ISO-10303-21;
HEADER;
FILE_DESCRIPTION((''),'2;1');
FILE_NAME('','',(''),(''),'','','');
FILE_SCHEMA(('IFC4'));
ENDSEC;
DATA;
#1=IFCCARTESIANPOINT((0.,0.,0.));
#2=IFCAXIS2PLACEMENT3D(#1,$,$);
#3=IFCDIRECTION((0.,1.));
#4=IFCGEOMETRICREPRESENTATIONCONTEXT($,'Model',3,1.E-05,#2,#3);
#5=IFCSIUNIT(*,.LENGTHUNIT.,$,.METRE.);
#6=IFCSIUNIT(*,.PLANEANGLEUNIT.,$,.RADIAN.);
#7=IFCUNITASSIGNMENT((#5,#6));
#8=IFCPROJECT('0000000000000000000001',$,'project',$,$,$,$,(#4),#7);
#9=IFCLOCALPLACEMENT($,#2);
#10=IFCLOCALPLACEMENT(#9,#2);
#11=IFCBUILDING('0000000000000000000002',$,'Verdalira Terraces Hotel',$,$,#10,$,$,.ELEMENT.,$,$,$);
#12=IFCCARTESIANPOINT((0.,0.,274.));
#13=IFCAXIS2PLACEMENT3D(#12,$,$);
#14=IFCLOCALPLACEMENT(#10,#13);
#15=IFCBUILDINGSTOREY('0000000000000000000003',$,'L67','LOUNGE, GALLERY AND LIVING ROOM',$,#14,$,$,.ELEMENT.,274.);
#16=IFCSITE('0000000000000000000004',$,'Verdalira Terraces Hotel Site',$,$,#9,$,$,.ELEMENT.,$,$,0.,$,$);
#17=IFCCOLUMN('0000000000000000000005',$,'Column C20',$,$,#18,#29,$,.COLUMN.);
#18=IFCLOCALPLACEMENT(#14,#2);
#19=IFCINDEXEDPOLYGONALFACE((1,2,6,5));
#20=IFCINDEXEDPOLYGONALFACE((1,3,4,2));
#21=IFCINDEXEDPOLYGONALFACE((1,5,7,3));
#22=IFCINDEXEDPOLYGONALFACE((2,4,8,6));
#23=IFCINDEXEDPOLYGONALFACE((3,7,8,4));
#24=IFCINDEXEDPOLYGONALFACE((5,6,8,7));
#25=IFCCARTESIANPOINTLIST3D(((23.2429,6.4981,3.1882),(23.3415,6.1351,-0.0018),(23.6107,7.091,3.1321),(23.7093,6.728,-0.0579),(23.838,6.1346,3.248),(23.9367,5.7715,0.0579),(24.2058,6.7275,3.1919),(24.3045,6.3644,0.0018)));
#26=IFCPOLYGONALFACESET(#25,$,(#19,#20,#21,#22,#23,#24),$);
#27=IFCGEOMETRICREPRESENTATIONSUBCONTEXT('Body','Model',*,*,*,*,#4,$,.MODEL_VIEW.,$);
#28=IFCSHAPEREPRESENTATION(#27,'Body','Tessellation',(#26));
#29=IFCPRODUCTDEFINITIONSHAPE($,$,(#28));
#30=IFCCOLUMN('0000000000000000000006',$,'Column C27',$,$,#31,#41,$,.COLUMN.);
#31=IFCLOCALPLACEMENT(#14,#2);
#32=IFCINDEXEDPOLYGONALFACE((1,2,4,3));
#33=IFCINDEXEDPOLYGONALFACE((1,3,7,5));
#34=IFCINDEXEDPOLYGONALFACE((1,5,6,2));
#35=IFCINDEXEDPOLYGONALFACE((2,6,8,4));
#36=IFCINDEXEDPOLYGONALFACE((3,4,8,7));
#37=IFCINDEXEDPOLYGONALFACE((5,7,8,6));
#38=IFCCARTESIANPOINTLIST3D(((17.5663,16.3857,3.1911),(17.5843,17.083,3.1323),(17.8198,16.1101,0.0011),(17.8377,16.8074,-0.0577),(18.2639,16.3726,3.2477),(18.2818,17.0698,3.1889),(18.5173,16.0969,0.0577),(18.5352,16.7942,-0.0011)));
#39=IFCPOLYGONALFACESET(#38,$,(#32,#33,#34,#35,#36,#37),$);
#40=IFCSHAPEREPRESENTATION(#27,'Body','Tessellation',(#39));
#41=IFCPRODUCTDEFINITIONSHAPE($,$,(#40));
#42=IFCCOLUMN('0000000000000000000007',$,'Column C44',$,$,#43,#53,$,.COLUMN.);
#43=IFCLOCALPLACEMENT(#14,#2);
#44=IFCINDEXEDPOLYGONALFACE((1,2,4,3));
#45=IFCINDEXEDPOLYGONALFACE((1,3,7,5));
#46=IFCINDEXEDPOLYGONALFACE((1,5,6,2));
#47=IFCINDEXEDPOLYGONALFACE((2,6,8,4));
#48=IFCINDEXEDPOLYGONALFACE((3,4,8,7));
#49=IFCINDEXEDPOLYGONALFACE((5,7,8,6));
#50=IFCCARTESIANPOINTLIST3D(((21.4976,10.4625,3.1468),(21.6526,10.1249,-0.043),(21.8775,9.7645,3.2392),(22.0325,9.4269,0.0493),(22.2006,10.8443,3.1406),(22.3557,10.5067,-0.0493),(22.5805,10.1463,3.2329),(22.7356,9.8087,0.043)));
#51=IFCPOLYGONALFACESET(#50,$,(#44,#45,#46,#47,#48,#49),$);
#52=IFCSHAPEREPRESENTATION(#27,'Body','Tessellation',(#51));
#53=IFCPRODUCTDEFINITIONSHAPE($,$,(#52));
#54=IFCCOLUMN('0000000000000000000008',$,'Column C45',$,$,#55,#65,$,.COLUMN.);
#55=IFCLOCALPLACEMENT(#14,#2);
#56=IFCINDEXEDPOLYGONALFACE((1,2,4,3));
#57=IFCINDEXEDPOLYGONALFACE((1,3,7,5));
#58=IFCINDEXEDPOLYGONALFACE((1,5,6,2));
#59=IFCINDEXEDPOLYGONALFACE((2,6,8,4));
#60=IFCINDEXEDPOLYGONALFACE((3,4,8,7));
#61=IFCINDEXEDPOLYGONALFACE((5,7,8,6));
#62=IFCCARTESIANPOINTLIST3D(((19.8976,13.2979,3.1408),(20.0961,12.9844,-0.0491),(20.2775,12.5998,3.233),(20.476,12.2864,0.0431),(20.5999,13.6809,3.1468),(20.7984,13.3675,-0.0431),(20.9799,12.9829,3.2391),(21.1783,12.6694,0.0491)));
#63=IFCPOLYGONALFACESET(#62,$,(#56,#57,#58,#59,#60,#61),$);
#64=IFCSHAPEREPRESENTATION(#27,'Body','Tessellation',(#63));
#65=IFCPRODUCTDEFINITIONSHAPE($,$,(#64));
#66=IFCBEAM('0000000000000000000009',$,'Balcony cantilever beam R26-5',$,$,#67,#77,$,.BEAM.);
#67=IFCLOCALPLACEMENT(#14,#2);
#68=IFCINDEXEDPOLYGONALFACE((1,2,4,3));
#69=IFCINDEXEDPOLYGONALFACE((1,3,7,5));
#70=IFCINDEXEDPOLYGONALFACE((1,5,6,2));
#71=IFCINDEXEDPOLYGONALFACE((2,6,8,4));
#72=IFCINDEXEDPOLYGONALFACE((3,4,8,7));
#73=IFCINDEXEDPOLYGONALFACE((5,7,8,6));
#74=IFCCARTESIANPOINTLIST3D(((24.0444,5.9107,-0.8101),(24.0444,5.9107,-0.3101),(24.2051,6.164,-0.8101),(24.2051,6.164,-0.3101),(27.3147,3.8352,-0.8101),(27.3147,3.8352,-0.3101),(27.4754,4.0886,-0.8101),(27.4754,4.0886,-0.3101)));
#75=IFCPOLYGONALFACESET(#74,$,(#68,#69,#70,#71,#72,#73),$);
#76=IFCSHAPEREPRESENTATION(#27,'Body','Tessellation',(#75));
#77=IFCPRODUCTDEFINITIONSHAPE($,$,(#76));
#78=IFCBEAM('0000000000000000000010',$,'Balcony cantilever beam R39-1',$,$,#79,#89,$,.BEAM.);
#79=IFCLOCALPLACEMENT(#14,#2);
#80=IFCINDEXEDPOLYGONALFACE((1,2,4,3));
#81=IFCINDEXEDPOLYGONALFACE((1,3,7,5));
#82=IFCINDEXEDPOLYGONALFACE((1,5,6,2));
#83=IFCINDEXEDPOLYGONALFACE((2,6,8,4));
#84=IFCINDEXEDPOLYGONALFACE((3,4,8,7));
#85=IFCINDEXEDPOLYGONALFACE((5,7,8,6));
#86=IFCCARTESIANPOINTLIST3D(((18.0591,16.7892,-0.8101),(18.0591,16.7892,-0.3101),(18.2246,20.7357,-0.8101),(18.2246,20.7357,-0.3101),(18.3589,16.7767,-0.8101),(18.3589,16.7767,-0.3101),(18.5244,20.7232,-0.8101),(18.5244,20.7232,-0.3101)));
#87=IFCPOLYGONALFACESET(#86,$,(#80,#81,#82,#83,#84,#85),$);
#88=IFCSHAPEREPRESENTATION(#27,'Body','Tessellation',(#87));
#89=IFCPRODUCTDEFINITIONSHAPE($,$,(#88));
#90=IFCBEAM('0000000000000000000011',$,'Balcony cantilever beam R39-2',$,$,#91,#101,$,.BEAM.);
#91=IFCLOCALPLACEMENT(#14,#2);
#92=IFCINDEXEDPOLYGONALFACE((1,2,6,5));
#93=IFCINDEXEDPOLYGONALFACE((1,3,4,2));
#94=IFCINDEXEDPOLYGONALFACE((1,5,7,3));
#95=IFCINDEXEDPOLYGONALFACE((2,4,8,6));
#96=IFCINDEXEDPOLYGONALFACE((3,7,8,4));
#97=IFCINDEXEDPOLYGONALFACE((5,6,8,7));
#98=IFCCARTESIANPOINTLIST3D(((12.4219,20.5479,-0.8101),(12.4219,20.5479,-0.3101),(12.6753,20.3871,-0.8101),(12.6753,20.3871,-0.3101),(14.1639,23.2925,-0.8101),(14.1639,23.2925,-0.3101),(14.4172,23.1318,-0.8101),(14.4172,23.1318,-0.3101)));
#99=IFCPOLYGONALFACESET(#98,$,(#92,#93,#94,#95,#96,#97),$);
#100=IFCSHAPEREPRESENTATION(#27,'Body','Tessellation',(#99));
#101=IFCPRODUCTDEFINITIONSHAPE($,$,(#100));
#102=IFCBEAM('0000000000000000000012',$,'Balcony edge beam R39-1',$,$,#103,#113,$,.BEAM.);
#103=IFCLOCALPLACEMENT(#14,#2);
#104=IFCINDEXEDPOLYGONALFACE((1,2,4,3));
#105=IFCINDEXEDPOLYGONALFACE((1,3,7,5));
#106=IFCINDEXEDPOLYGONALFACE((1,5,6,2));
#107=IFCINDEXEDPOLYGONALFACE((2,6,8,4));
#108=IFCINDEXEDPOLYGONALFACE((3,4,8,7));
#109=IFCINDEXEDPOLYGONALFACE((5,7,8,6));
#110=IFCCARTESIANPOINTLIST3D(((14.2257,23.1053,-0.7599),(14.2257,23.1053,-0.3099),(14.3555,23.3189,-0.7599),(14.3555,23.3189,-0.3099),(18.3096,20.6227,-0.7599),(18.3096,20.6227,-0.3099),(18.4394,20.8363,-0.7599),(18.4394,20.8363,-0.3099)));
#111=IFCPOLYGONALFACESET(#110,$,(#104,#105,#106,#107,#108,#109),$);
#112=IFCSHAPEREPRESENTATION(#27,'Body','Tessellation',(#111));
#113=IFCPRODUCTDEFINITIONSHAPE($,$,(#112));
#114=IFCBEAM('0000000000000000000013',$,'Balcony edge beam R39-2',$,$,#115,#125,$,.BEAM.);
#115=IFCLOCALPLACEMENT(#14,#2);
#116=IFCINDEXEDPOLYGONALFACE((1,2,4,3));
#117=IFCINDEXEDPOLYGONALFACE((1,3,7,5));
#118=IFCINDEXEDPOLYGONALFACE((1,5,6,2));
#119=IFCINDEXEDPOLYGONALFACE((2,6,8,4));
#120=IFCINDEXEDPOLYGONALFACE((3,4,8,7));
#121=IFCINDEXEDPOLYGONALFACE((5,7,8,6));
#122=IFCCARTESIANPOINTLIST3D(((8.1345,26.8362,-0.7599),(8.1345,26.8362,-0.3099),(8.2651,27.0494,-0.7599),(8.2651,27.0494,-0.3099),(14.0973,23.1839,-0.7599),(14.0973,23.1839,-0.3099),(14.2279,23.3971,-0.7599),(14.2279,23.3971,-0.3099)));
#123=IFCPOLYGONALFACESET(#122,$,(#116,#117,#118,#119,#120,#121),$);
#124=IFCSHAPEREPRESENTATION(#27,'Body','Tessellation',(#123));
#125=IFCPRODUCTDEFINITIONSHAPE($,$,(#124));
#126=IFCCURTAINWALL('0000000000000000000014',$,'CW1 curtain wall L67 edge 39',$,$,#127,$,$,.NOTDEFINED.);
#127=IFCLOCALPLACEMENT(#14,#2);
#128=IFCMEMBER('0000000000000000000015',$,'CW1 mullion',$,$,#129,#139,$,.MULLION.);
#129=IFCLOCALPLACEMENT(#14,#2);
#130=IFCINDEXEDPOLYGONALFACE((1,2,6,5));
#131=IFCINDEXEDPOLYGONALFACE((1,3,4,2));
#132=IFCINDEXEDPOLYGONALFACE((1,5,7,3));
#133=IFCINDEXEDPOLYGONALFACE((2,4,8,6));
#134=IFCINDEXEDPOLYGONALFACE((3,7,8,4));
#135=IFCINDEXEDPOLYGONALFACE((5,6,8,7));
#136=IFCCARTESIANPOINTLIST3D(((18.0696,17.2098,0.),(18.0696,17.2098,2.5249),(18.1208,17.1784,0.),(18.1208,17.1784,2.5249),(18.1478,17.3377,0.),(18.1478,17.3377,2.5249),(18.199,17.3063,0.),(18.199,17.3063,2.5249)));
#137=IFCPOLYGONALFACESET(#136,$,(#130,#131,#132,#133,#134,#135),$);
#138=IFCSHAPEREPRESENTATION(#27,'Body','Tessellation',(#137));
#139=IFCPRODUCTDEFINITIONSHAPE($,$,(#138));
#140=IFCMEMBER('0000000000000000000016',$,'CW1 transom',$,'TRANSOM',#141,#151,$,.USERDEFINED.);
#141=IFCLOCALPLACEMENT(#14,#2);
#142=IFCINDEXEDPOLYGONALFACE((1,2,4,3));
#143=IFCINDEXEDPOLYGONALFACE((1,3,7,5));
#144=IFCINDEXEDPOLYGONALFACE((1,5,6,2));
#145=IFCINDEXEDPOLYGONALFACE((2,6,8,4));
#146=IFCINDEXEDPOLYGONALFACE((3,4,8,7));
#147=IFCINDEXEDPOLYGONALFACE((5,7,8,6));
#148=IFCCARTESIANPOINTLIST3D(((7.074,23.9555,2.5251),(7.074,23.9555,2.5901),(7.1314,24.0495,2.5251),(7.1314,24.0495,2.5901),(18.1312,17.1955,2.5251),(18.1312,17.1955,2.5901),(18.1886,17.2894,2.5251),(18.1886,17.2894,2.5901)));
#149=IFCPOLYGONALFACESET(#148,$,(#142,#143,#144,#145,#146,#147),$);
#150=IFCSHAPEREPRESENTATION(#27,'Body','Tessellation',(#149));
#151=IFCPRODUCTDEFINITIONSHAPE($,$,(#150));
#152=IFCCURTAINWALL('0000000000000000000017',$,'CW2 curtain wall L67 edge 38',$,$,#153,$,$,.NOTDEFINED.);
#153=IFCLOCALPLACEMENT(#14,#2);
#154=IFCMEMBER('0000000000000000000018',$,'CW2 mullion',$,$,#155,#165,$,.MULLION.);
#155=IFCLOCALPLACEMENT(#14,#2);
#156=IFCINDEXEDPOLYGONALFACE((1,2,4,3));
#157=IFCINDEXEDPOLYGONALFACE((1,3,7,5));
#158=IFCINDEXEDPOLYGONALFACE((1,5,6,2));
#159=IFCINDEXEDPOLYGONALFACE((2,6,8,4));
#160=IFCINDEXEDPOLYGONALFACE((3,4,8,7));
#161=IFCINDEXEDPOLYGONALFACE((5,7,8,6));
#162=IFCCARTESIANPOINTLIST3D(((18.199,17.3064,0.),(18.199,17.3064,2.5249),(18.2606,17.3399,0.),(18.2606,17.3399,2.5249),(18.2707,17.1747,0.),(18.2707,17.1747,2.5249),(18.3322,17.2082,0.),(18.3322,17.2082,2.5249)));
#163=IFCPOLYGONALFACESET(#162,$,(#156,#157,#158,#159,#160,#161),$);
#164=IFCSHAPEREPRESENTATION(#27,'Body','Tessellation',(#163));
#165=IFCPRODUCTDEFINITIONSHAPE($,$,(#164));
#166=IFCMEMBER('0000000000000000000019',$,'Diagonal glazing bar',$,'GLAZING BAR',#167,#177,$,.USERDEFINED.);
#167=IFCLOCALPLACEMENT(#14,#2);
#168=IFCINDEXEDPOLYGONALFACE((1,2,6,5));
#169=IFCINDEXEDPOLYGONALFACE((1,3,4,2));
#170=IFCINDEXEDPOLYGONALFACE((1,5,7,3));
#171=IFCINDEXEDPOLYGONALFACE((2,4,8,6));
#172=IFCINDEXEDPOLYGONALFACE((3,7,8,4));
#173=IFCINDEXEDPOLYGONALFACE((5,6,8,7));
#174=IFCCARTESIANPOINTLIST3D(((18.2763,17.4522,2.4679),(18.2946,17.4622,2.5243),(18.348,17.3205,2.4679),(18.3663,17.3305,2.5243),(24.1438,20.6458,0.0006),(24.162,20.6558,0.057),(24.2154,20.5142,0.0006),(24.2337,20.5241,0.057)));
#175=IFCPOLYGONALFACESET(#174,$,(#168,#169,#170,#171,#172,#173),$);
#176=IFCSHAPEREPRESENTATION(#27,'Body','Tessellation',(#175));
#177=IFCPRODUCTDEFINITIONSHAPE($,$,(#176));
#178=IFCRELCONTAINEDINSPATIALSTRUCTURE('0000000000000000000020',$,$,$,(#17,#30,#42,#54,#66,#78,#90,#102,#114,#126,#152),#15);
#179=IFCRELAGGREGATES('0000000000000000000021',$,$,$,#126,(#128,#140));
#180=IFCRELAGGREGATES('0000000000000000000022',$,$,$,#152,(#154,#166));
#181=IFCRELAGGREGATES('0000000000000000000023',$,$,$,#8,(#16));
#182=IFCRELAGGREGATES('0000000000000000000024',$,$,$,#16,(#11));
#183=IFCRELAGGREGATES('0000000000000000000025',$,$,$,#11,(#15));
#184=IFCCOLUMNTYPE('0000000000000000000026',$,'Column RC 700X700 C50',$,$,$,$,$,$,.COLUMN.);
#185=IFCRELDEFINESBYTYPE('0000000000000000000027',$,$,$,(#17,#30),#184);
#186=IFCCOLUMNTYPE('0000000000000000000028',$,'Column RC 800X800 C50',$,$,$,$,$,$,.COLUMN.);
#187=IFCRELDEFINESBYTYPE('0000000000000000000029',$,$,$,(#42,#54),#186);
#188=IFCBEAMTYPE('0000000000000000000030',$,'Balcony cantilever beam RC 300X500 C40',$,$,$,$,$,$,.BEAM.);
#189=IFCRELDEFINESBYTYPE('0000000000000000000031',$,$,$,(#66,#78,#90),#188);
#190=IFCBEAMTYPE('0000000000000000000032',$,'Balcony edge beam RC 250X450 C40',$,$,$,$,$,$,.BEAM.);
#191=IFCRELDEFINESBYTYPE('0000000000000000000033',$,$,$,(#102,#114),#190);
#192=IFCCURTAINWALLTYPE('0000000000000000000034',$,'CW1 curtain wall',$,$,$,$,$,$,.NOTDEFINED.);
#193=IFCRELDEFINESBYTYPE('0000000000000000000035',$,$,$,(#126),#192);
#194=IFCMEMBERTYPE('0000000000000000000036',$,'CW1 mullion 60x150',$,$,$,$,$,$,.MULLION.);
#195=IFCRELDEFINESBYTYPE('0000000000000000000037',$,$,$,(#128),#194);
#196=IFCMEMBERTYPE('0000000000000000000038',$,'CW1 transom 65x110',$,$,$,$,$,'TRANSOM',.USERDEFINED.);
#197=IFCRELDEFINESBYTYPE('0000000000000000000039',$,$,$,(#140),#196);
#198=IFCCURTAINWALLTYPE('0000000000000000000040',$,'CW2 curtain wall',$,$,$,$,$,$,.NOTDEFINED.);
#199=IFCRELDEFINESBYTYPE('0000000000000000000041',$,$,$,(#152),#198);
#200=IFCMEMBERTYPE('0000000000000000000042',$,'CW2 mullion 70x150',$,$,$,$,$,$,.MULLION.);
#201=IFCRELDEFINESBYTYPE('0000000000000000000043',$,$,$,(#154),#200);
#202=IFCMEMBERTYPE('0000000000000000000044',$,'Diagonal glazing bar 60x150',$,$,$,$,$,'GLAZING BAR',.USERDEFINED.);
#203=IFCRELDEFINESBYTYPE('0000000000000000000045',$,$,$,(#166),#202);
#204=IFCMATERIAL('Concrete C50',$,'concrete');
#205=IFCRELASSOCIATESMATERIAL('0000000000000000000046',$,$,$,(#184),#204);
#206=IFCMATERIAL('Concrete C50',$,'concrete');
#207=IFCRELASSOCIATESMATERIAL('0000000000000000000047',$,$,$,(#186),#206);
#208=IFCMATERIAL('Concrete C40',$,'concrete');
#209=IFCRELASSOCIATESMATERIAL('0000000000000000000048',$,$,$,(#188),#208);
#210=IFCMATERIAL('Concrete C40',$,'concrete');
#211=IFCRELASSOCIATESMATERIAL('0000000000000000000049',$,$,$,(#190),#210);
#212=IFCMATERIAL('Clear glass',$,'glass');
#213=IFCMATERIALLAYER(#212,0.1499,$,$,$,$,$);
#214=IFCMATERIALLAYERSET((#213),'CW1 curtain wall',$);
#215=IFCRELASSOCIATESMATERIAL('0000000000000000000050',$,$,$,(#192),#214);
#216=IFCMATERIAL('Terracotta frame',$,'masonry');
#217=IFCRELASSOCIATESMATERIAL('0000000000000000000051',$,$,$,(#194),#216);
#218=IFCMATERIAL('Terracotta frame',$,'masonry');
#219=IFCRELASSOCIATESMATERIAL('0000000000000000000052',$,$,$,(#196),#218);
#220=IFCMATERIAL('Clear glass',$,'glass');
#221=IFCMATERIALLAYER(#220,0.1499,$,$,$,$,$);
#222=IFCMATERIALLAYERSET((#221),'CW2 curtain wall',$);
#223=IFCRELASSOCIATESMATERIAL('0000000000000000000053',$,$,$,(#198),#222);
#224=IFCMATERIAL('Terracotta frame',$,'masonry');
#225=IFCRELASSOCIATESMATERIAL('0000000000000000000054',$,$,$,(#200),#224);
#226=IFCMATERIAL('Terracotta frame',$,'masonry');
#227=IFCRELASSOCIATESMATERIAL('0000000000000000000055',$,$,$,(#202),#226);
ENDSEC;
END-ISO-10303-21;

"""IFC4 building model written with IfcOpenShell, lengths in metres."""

from ifc_helpers import new_model, si_unit, direction, frame, origin, origin_2d, place, context, subcontext, project, spatial, rectangle, extrude, material, layer, layer_set, material_profile, profile_set, type_object, element, aggregate, save


model = new_model("IFC4")

# Units and contexts
model_context = context("Model", 3, precision=1e-05, world=origin(), true_north=direction((0.0, 1.0)))
body_context = subcontext(model_context, "Body", "Model", "MODEL_VIEW")
ifc_project = project(units=[si_unit("LENGTHUNIT", "METRE"), si_unit("PLANEANGLEUNIT", "RADIAN")], contexts=[model_context])

# Site, building, storey
site_placement = place(None, origin())
site = spatial("IfcSite", under=ifc_project, at=site_placement, Name="Verdalira Terraces Hotel Site", CompositionType="ELEMENT", RefElevation=0.0)
building_placement = place(site_placement, origin())
building = spatial("IfcBuilding", under=site, at=building_placement, Name="Verdalira Terraces Hotel", CompositionType="ELEMENT")
storey_placement = place(building_placement, frame((0.0, 0.0, 274.0)))
storey = spatial("IfcBuildingStorey", under=building, at=storey_placement, Name="L67", Description="LOUNGE, GALLERY AND LIVING ROOM", CompositionType="ELEMENT", Elevation=274.0)

# Columns
ifc_material_1 = material(Name="Concrete C50", Category="concrete")
ifc_material_profile_1 = material_profile(ifc_material_1, rectangle(XDim=0.7, YDim=0.7, at=origin_2d()), Name="RC 700X700")
ifc_profile_set_1 = profile_set([ifc_material_profile_1], Name="Concrete C50")
column_type_1 = type_object("IfcColumnType", Name="Column RC 700X700 C50", PredefinedType="COLUMN", material=ifc_profile_set_1)
column_1_placement = place(storey_placement, frame((23.823, 6.2498, 0.0), z_axis=(-0.030707, 0.113024, 0.993118), x_axis=(-0.52548, -0.847023, 0.080149)))
element("IfcColumn", 1, at=column_1_placement, inside=storey, type_object=column_type_1, Name="Column C20", PredefinedType="COLUMN", context=body_context, shape_type="SweptSolid", body=[
    extrude(rectangle(XDim=0.7, YDim=0.7, at=origin_2d()), origin(), (0.0, 0.0, 1.0), 3.2122),
])
column_2_placement = place(storey_placement, frame((18.1775, 16.4521, 0.0), z_axis=(-0.078901, 0.085818, 0.993182), x_axis=(0.996554, -0.018801, 0.080794)))
element("IfcColumn", 2, at=column_2_placement, inside=storey, type_object=column_type_1, Name="Column C27", PredefinedType="COLUMN", context=body_context, shape_type="SweptSolid", body=[
    extrude(rectangle(XDim=0.7, YDim=0.7, at=origin_2d()), origin(), (0.0, 0.0, 1.0), 3.2119),
])
ifc_material_2 = material(Name="Concrete C50", Category="concrete")
ifc_material_profile_2 = material_profile(ifc_material_2, rectangle(XDim=0.8, YDim=0.8, at=origin_2d()), Name="RC 800X800")
ifc_profile_set_2 = profile_set([ifc_material_profile_2], Name="Concrete C50")
column_type_2 = type_object("IfcColumnType", Name="Column RC 800X800 C50", PredefinedType="COLUMN", material=ifc_profile_set_2)
for number, where, z_axis, x_axis, name in (
    (3, (22.1941, 9.9668, 0.0), (-0.048273, 0.105137, 0.993285), (0.878738, 0.47724, -0.007808), "Column C44"),
    (4, (20.6372, 12.8269, 0.0), (-0.061806, 0.097612, 0.993304), (0.877887, 0.478808, 0.007572), "Column C45"),
):
    element("IfcColumn", number, at=place(storey_placement, frame(where, z_axis=z_axis, x_axis=x_axis)), inside=storey, type_object=column_type_2, Name=name, PredefinedType="COLUMN", context=body_context, shape_type="SweptSolid", body=[
        extrude(rectangle(XDim=0.8, YDim=0.8, at=origin_2d()), origin(), (0.0, 0.0, 1.0), 3.2114),
    ])

# Beams
ifc_material_3 = material(Name="Concrete C40", Category="concrete")
ifc_material_profile_3 = material_profile(ifc_material_3, rectangle(XDim=0.3, YDim=0.5, at=origin_2d()), Name="RC 300X500")
ifc_profile_set_3 = profile_set([ifc_material_profile_3], Name="Concrete C40")
beam_type_1 = type_object("IfcBeamType", Name="Balcony cantilever beam RC 300X500 C40", PredefinedType="BEAM", material=ifc_profile_set_3)
beam_1_placement = place(storey_placement, frame((24.1248, 6.0374, -0.5601), z_axis=(0.84432, -0.535839, 0.0), x_axis=(0.535839, 0.84432, 0.0)))
element("IfcBeam", 5, at=beam_1_placement, inside=storey, type_object=beam_type_1, Name="Balcony cantilever beam R26-5", PredefinedType="BEAM", context=body_context, shape_type="SweptSolid", body=[
    extrude(rectangle(XDim=0.3, YDim=0.5, at=origin_2d()), origin(), (0.0, 0.0, 1.0), 3.8733),
])
beam_2_placement = place(storey_placement, frame((18.209, 16.783, -0.5601), z_axis=(0.041906, 0.999122, 0.0), x_axis=(-0.999122, 0.041906, 0.0)))
element("IfcBeam", 6, at=beam_2_placement, inside=storey, type_object=beam_type_1, Name="Balcony cantilever beam R39-1", PredefinedType="BEAM", context=body_context, shape_type="SweptSolid", body=[
    extrude(rectangle(XDim=0.3, YDim=0.5, at=origin_2d()), origin(), (0.0, 0.0, 1.0), 3.95),
])
beam_3_placement = place(storey_placement, frame((12.5486, 20.4675, -0.5601), z_axis=(0.535859, 0.844307, 0.0), x_axis=(-0.844307, 0.535859, 0.0)))
element("IfcBeam", 7, at=beam_3_placement, inside=storey, type_object=beam_type_1, Name="Balcony cantilever beam R39-2", PredefinedType="BEAM", context=body_context, shape_type="SweptSolid", body=[
    extrude(rectangle(XDim=0.3, YDim=0.5, at=origin_2d()), origin(), (0.0, 0.0, 1.0), 3.2507),
])
ifc_material_4 = material(Name="Concrete C40", Category="concrete")
ifc_material_profile_4 = material_profile(ifc_material_4, rectangle(XDim=0.25, YDim=0.45, at=origin_2d()), Name="RC 250X450")
ifc_profile_set_4 = profile_set([ifc_material_profile_4], Name="Concrete C40")
beam_type_2 = type_object("IfcBeamType", Name="Balcony edge beam RC 250X450 C40", PredefinedType="BEAM", material=ifc_profile_set_4)
beam_4_placement = place(storey_placement, frame((18.3745, 20.7295, -0.5349), z_axis=(-0.854499, 0.519453, 0.0), x_axis=(-0.519453, -0.854499, 0.0)))
element("IfcBeam", 8, at=beam_4_placement, inside=storey, type_object=beam_type_2, Name="Balcony edge beam R39-1", PredefinedType="BEAM", context=body_context, shape_type="SweptSolid", body=[
    extrude(rectangle(XDim=0.25, YDim=0.45, at=origin_2d()), origin(), (0.0, 0.0, 1.0), 4.7793),
])
beam_5_placement = place(storey_placement, frame((14.1626, 23.2905, -0.5349), z_axis=(-0.85275, 0.52232, 0.0), x_axis=(-0.52232, -0.85275, 0.0)))
element("IfcBeam", 9, at=beam_5_placement, inside=storey, type_object=beam_type_2, Name="Balcony edge beam R39-2", PredefinedType="BEAM", context=body_context, shape_type="SweptSolid", body=[
    extrude(rectangle(XDim=0.25, YDim=0.45, at=origin_2d()), origin(), (0.0, 0.0, 1.0), 6.9924),
])

# Curtain walls, members
ifc_material_5 = material(Name="Clear glass", Category="glass")
ifc_layer_1 = layer(ifc_material_5, 0.1499)
ifc_layer_set_1 = layer_set([ifc_layer_1], Name="CW1 curtain wall")
curtain_wall_type_1 = type_object("IfcCurtainWallType", Name="CW1 curtain wall", PredefinedType="NOTDEFINED", material=ifc_layer_set_1)
curtain_wall_1_placement = place(storey_placement, origin())
curtain_wall_1 = element("IfcCurtainWall", 10, at=curtain_wall_1_placement, inside=storey, type_object=curtain_wall_type_1, Name="CW1 curtain wall L67 edge 39", PredefinedType="NOTDEFINED")
ifc_material_6 = material(Name="Terracotta frame", Category="masonry")
ifc_material_profile_5 = material_profile(ifc_material_6, rectangle(XDim=0.0601, YDim=0.1499, at=origin_2d()), Name="MU 60x150")
ifc_profile_set_5 = profile_set([ifc_material_profile_5], Name="Terracotta frame")
member_type_1 = type_object("IfcMemberType", Name="CW1 mullion 60x150", PredefinedType="MULLION", material=ifc_profile_set_5)
member_1_placement = place(storey_placement, frame((18.1343, 17.2581, 0.0), z_axis=(0.0, 0.0, 1.0), x_axis=(-0.853187, 0.521605, 0.0)))
member_1 = element("IfcMember", 11, at=member_1_placement, type_object=member_type_1, Name="CW1 mullion", PredefinedType="MULLION", context=body_context, shape_type="SweptSolid", body=[
    extrude(rectangle(XDim=0.0601, YDim=0.1499, at=origin_2d()), origin(), (0.0, 0.0, 1.0), 2.5249),
])
ifc_material_7 = material(Name="Terracotta frame", Category="masonry")
ifc_material_profile_6 = material_profile(ifc_material_7, rectangle(XDim=0.1101, YDim=0.0649, at=origin_2d()), Name="TR 65x110")
ifc_profile_set_6 = profile_set([ifc_material_profile_6], Name="Terracotta frame")
member_type_2 = type_object("IfcMemberType", Name="CW1 transom 65x110", ElementType="TRANSOM", PredefinedType="USERDEFINED", material=ifc_profile_set_6)
member_2_placement = place(storey_placement, frame((18.1599, 17.2424, 2.5576), z_axis=(-0.853183, 0.521612, 0.0), x_axis=(-0.521612, -0.853183, 0.0)))
member_2 = element("IfcMember", 12, at=member_2_placement, type_object=member_type_2, Name="CW1 transom", ObjectType="TRANSOM", PredefinedType="USERDEFINED", context=body_context, shape_type="SweptSolid", body=[
    extrude(rectangle(XDim=0.1101, YDim=0.0649, at=origin_2d()), origin(), (0.0, 0.0, 1.0), 12.96),
])
ifc_material_8 = material(Name="Clear glass", Category="glass")
ifc_layer_2 = layer(ifc_material_8, 0.1499)
ifc_layer_set_2 = layer_set([ifc_layer_2], Name="CW2 curtain wall")
curtain_wall_type_2 = type_object("IfcCurtainWallType", Name="CW2 curtain wall", PredefinedType="NOTDEFINED", material=ifc_layer_set_2)
curtain_wall_2_placement = place(storey_placement, origin())
curtain_wall_2 = element("IfcCurtainWall", 13, at=curtain_wall_2_placement, inside=storey, type_object=curtain_wall_type_2, Name="CW2 curtain wall L67 edge 38", PredefinedType="NOTDEFINED")
ifc_material_9 = material(Name="Terracotta frame", Category="masonry")
ifc_material_profile_7 = material_profile(ifc_material_9, rectangle(XDim=0.0701, YDim=0.1499, at=origin_2d()), Name="MU 70x150")
ifc_profile_set_7 = profile_set([ifc_material_profile_7], Name="Terracotta frame")
member_type_3 = type_object("IfcMemberType", Name="CW2 mullion 70x150", PredefinedType="MULLION", material=ifc_profile_set_7)
member_3_placement = place(storey_placement, frame((18.2656, 17.2573, 0.0), z_axis=(0.0, 0.0, 1.0), x_axis=(-0.878317, -0.478079, 0.0)))
member_3 = element("IfcMember", 14, at=member_3_placement, type_object=member_type_3, Name="CW2 mullion", PredefinedType="MULLION", context=body_context, shape_type="SweptSolid", body=[
    extrude(rectangle(XDim=0.0701, YDim=0.1499, at=origin_2d()), origin(), (0.0, 0.0, 1.0), 2.5249),
])
ifc_material_10 = material(Name="Terracotta frame", Category="masonry")
ifc_material_profile_8 = material_profile(ifc_material_10, rectangle(XDim=0.1499, YDim=0.0601, at=origin_2d()), Name="GB 60x150")
ifc_profile_set_8 = profile_set([ifc_material_profile_8], Name="Terracotta frame")
member_type_4 = type_object("IfcMemberType", Name="Diagonal glazing bar 60x150", ElementType="GLAZING BAR", PredefinedType="USERDEFINED", material=ifc_profile_set_8)
member_4_placement = place(storey_placement, frame((24.1887, 20.585, 0.0288), z_axis=(-0.823923, -0.448456, 0.346464), x_axis=(0.478066, -0.878324, 0.0)))
member_4 = element("IfcMember", 15, at=member_4_placement, type_object=member_type_4, Name="Diagonal glazing bar", ObjectType="GLAZING BAR", PredefinedType="USERDEFINED", context=body_context, shape_type="SweptSolid", body=[
    extrude(rectangle(XDim=0.1499, YDim=0.0601, at=origin_2d()), origin(), (0.0, 0.0, 1.0), 7.1213),
])

aggregate(curtain_wall_1, [member_1, member_2])
aggregate(curtain_wall_2, [member_3, member_4])

save(model, "model.ifc")
